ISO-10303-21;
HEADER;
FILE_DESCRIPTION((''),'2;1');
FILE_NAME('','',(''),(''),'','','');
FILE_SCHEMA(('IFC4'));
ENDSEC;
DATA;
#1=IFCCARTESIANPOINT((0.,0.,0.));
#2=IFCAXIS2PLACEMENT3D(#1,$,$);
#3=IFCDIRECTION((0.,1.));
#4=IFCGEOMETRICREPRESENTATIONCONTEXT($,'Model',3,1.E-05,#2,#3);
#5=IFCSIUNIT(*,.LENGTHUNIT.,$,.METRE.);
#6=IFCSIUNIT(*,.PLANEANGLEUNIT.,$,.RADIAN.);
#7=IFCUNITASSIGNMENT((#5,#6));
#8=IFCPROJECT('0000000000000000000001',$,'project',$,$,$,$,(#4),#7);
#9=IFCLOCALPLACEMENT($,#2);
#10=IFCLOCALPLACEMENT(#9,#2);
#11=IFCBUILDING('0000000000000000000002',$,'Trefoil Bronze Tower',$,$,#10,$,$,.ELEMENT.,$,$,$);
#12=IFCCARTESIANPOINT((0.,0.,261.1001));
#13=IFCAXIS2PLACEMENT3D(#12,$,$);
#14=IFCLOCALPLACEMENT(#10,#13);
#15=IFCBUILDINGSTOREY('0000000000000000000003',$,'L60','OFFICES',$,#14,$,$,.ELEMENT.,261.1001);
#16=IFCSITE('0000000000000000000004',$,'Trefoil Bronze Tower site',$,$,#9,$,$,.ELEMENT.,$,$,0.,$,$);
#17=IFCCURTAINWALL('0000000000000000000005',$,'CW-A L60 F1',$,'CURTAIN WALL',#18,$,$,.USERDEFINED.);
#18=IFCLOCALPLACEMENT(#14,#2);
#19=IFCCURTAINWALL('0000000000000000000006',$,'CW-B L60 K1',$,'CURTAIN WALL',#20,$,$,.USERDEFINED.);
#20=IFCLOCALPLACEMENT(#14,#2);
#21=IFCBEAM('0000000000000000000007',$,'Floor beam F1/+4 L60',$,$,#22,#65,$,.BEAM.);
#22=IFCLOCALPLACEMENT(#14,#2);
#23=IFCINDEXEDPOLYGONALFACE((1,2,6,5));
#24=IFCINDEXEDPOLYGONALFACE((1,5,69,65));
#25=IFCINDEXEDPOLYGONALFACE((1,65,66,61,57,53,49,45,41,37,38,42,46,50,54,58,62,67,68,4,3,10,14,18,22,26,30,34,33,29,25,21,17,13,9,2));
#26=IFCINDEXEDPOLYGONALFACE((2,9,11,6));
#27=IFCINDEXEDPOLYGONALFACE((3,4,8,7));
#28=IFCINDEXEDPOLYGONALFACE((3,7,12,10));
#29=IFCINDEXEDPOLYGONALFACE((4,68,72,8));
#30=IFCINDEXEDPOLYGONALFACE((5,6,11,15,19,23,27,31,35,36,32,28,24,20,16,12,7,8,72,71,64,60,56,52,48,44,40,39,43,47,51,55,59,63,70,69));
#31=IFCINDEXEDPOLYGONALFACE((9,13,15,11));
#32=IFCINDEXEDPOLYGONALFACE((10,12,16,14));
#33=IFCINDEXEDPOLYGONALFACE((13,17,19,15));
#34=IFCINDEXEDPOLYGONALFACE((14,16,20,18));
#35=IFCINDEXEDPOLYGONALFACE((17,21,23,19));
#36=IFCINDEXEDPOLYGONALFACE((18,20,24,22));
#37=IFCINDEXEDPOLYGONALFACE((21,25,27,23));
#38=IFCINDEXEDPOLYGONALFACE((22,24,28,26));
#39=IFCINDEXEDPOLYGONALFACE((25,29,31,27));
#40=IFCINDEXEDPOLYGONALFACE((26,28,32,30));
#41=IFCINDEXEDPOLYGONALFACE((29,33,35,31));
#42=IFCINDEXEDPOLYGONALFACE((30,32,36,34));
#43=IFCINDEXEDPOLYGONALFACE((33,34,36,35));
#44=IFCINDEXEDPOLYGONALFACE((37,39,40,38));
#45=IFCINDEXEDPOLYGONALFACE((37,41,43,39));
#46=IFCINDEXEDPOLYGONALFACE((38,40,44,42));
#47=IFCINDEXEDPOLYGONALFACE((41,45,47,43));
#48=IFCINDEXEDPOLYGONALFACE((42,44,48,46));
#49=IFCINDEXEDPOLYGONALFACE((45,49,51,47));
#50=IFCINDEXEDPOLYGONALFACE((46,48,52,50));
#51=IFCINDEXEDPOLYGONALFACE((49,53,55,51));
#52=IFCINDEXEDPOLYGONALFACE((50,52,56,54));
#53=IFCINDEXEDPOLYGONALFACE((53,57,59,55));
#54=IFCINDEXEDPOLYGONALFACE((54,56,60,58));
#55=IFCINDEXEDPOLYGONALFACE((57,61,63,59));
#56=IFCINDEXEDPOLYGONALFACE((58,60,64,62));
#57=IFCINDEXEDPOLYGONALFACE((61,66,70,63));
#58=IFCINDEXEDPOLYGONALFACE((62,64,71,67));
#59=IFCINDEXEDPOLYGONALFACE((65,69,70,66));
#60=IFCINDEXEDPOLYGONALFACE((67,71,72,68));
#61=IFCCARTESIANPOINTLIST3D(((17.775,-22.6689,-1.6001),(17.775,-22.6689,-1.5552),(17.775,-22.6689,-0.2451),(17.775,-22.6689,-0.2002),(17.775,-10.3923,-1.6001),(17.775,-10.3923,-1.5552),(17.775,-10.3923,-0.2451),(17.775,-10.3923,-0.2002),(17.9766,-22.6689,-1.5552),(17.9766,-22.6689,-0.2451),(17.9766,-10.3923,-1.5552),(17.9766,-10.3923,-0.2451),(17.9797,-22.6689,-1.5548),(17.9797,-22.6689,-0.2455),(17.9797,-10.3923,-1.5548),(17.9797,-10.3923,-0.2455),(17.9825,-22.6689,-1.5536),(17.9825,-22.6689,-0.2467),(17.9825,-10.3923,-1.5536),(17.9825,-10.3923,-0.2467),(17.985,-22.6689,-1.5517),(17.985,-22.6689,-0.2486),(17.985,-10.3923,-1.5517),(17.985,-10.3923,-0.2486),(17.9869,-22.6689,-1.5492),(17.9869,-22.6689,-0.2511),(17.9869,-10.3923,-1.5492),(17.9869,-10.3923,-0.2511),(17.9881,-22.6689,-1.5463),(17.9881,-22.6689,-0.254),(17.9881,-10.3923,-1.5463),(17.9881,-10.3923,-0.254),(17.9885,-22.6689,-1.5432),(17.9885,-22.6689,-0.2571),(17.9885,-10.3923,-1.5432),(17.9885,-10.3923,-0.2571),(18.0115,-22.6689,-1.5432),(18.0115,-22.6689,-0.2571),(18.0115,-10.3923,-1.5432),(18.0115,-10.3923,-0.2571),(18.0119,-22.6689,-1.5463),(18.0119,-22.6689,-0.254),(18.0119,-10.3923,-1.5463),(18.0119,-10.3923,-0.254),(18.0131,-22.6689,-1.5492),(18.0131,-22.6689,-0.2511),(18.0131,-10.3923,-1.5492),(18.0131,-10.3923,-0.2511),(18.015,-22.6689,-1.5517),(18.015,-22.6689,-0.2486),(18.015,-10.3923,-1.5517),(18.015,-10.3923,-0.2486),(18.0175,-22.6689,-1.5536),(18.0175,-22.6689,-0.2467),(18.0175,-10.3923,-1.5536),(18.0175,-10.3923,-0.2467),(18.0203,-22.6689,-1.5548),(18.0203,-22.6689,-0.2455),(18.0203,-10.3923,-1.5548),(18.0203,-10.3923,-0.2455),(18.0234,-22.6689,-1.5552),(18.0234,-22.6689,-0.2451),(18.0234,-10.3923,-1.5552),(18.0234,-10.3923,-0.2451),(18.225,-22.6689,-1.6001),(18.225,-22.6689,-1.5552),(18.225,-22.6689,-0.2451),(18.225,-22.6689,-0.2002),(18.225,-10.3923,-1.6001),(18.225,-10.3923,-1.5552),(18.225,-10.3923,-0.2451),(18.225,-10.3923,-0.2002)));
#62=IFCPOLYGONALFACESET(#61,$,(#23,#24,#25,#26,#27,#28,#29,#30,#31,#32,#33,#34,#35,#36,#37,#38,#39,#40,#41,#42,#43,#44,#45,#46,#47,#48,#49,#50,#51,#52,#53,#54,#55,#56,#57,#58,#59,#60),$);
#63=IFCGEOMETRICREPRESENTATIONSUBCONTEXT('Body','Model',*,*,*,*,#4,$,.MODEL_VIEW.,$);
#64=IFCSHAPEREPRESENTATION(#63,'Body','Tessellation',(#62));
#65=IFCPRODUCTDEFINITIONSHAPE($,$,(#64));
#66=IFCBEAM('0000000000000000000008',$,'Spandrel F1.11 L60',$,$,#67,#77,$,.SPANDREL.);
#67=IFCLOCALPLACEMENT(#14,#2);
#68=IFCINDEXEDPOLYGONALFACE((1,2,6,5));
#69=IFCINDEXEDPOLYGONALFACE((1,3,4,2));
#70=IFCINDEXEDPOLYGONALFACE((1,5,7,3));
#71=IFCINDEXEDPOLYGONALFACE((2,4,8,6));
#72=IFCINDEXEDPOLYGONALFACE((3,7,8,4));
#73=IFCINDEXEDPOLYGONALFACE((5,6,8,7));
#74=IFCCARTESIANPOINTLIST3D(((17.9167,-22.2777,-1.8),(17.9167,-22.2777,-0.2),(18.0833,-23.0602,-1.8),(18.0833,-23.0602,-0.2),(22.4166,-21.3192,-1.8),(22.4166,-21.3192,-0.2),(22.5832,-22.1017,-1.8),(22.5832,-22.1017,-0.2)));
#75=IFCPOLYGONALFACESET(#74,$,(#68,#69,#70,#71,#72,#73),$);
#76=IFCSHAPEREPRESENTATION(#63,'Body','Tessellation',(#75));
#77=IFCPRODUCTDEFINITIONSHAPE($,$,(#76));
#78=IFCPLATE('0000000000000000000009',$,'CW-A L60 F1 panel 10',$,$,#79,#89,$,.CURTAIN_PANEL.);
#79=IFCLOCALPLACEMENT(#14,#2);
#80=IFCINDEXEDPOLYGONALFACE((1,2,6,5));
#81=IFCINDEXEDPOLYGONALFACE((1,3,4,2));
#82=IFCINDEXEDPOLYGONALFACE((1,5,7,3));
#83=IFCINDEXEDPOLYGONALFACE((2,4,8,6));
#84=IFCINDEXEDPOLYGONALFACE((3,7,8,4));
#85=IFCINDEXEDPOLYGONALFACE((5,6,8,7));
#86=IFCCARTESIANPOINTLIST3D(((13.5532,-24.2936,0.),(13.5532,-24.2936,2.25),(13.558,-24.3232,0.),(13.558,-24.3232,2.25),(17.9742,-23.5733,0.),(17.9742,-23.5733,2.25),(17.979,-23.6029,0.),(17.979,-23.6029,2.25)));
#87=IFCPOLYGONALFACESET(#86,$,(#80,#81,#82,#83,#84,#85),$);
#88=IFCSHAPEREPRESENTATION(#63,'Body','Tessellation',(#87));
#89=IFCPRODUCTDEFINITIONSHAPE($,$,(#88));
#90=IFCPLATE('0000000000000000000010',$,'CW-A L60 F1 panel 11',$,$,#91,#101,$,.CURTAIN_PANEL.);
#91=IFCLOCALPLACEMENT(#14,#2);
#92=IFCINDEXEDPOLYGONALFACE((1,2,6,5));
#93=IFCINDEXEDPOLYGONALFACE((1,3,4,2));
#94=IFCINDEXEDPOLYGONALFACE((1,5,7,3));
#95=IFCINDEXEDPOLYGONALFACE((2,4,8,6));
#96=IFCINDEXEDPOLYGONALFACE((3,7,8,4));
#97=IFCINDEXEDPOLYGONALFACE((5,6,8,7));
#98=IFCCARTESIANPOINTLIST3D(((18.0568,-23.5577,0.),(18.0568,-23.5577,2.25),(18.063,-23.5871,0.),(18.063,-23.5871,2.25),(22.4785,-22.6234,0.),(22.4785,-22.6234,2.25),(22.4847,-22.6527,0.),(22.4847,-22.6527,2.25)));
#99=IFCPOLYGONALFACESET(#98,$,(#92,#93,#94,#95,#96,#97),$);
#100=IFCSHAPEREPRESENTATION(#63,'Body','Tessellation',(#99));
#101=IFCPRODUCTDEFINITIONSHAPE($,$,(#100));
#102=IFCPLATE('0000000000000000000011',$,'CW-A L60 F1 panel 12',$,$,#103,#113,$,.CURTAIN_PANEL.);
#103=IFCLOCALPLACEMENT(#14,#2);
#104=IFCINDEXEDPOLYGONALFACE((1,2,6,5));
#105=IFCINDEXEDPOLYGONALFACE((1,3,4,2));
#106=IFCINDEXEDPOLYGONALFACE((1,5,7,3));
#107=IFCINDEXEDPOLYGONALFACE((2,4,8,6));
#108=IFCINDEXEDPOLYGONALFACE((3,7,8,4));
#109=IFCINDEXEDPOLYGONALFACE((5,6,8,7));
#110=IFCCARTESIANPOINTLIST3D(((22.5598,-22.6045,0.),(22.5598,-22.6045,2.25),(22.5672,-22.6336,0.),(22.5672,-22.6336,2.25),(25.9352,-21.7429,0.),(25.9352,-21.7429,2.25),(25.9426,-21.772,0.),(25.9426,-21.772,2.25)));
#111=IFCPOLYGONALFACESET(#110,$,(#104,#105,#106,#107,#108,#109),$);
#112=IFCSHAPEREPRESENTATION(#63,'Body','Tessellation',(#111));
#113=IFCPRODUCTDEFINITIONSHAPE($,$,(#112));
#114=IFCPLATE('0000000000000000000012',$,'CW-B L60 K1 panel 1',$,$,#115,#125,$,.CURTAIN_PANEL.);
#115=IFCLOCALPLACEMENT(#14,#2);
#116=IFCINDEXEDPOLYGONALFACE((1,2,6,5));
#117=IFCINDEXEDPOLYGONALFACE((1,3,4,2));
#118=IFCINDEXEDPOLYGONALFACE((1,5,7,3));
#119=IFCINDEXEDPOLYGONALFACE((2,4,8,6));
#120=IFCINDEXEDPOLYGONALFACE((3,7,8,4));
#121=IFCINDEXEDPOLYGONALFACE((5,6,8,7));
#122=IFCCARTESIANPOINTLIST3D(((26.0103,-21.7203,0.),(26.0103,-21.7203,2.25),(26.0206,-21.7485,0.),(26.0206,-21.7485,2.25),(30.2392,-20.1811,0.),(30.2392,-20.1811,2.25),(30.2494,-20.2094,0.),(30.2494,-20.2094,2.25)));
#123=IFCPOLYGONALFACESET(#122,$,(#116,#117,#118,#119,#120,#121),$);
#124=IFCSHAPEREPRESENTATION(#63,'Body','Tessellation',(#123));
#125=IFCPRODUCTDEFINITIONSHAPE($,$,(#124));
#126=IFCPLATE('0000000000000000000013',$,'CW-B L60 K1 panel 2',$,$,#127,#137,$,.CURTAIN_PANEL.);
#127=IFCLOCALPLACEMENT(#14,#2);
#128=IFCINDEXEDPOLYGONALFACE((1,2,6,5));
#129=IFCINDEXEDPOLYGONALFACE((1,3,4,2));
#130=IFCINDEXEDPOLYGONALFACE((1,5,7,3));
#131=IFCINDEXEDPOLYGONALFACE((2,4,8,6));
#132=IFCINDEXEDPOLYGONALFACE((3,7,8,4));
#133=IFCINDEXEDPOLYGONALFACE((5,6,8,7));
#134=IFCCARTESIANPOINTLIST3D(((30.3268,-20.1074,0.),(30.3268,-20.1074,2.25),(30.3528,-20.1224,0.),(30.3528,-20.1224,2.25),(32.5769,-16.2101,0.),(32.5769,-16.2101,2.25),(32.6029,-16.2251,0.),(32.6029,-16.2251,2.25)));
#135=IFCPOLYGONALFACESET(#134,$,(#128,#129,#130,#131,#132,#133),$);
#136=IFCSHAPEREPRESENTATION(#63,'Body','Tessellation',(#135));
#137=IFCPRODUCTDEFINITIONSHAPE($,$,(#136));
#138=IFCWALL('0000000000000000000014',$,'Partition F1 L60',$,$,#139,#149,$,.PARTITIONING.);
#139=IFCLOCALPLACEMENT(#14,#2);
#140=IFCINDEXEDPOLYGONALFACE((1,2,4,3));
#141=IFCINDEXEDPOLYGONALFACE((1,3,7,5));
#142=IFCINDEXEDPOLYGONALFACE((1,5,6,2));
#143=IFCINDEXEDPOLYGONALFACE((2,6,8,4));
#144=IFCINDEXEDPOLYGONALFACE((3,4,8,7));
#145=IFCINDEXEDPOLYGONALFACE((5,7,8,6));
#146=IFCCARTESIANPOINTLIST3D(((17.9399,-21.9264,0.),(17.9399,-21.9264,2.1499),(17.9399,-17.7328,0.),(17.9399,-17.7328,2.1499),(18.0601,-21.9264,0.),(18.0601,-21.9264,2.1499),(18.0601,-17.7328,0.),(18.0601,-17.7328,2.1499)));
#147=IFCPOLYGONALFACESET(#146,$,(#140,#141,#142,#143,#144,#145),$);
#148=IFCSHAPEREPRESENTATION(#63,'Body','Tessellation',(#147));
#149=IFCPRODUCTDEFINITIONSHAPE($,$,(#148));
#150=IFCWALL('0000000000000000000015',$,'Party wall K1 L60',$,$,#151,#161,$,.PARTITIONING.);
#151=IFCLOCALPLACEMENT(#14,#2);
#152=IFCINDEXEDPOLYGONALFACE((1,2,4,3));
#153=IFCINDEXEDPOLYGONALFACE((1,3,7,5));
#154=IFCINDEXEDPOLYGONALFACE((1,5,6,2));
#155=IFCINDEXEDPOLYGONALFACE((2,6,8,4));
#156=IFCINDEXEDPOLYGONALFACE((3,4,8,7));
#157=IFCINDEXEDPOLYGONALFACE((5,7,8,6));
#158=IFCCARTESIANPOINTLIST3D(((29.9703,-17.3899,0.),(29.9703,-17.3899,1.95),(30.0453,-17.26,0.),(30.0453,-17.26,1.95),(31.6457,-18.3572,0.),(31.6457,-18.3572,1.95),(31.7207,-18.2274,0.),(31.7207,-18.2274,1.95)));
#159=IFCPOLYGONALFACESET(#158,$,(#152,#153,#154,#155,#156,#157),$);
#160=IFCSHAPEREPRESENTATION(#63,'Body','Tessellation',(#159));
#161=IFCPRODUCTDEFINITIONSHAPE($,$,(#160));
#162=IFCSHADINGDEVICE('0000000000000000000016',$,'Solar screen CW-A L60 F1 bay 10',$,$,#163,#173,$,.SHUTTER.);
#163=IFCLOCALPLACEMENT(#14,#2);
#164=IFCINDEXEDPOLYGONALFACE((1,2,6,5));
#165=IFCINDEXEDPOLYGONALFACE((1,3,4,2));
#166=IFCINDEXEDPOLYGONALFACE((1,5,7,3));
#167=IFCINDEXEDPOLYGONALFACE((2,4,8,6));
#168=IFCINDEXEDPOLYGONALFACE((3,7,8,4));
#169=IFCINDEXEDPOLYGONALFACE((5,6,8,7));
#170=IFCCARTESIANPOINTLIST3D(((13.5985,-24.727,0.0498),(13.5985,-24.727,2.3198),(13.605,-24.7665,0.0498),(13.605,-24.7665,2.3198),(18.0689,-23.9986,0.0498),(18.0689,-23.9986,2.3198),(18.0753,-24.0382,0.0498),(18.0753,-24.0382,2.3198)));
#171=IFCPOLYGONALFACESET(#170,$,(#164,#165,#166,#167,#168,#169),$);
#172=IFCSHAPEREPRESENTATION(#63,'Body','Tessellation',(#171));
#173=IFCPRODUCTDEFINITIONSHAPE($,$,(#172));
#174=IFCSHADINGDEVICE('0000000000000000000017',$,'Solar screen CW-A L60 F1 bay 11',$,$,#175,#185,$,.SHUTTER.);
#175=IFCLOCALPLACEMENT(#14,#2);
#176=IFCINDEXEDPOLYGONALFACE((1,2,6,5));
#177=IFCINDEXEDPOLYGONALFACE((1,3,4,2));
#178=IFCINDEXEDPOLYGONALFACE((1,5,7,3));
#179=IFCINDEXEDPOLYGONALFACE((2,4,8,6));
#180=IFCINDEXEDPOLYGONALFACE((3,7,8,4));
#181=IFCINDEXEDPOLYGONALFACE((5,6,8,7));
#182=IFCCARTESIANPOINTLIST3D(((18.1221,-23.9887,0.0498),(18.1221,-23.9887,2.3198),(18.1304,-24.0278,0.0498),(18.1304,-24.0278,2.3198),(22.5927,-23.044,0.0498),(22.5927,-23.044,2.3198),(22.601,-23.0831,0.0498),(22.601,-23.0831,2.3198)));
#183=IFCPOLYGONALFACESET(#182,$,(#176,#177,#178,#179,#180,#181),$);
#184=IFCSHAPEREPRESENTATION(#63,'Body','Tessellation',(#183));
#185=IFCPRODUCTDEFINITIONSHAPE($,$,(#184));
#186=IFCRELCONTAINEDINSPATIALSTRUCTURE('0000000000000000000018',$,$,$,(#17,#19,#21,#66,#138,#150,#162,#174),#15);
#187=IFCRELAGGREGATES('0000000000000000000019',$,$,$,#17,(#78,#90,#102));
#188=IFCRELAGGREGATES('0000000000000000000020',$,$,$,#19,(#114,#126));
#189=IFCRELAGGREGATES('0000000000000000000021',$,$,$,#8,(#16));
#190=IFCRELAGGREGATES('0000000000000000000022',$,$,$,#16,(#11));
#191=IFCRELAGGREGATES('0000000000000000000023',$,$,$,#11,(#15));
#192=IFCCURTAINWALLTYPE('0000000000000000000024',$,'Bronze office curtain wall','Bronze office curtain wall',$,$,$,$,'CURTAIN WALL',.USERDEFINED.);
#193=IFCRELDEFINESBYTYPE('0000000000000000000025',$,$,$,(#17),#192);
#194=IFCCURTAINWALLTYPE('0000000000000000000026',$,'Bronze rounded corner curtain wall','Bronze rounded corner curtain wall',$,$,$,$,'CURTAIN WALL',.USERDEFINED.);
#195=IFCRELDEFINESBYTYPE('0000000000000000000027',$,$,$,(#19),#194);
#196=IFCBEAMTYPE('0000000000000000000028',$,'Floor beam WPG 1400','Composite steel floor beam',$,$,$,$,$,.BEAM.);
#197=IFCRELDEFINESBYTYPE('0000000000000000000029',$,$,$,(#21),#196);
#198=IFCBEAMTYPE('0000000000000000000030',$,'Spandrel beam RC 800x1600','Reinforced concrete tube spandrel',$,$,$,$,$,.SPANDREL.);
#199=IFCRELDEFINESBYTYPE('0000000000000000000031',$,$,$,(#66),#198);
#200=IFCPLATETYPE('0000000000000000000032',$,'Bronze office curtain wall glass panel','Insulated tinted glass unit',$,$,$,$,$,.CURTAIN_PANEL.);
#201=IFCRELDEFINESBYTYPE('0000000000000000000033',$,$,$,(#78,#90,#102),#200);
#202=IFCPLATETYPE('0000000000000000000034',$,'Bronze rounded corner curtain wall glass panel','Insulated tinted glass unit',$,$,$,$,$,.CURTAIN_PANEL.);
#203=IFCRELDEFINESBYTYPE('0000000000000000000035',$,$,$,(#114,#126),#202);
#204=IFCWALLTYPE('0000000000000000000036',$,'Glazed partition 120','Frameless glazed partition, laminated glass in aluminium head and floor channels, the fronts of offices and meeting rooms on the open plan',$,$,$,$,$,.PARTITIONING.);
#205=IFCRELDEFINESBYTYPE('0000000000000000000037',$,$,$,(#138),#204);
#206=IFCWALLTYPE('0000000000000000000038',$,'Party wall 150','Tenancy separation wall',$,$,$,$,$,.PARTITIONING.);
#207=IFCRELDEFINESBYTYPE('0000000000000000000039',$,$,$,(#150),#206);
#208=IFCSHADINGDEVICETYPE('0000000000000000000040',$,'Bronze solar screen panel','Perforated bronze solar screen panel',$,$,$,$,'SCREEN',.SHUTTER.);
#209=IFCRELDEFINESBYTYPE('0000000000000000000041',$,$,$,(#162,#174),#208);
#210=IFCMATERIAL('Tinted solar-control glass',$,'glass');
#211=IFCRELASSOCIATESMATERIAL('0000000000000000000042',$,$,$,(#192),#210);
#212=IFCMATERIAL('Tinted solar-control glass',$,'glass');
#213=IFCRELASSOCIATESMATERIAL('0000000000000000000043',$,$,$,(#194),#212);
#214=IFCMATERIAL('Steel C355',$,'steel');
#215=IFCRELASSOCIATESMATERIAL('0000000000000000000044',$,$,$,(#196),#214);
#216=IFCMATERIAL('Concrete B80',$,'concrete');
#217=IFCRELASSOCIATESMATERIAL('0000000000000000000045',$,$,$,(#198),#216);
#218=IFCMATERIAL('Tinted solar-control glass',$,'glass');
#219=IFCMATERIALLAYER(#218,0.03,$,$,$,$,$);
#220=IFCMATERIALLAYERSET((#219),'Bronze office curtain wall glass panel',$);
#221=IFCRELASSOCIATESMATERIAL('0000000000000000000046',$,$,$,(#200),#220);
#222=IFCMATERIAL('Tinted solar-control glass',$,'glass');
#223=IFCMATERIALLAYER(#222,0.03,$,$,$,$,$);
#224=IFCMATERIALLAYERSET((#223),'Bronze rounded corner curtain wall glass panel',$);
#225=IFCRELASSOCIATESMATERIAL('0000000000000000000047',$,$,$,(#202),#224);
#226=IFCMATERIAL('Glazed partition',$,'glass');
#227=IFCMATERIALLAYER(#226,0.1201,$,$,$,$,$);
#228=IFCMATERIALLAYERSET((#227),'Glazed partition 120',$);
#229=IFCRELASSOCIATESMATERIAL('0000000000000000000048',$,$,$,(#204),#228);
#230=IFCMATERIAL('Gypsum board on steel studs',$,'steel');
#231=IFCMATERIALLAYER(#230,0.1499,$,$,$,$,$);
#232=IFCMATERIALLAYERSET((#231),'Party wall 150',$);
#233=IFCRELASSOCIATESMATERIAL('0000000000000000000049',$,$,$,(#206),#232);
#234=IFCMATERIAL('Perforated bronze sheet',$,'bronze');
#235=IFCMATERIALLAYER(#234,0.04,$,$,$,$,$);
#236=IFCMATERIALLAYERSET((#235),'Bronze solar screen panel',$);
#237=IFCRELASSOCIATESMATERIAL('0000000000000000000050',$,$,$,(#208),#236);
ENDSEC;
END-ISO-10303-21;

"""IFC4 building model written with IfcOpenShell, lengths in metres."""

from ifc_helpers import new_model, si_unit, direction, frame, frame_2d, origin, origin_2d, place, context, subcontext, project, spatial, rectangle, i_section, extrude, material, layer, layer_set, material_profile, profile_set, type_object, element, aggregate, save


model = new_model("IFC4")

# Units and contexts
model_context = context("Model", 3, precision=1e-05, world=origin(), true_north=direction((0.0, 1.0)))
body_context = subcontext(model_context, "Body", "Model", "MODEL_VIEW")
ifc_project = project(units=[si_unit("LENGTHUNIT", "METRE"), si_unit("PLANEANGLEUNIT", "RADIAN")], contexts=[model_context])

# Site, building, storey
site_placement = place(None, origin())
site = spatial("IfcSite", under=ifc_project, at=site_placement, Name="Trefoil Bronze Tower site", CompositionType="ELEMENT", RefElevation=0.0)
building_placement = place(site_placement, origin())
building = spatial("IfcBuilding", under=site, at=building_placement, Name="Trefoil Bronze Tower", CompositionType="ELEMENT")
storey_placement = place(building_placement, frame((0.0, 0.0, 261.1001)))
storey = spatial("IfcBuildingStorey", under=building, at=storey_placement, Name="L60", Description="OFFICES", CompositionType="ELEMENT", Elevation=261.1001)

# Curtain walls
ifc_material_1 = material(Name="Tinted solar-control glass", Category="glass")
curtain_wall_type_1 = type_object("IfcCurtainWallType", Name="Bronze office curtain wall", Description="Bronze office curtain wall", ElementType="CURTAIN WALL", PredefinedType="USERDEFINED", material=ifc_material_1)
curtain_wall_1_placement = place(storey_placement, origin())
curtain_wall_1 = element("IfcCurtainWall", 1, at=curtain_wall_1_placement, inside=storey, type_object=curtain_wall_type_1, Name="CW-A L60 F1", ObjectType="CURTAIN WALL", PredefinedType="USERDEFINED")
ifc_material_2 = material(Name="Tinted solar-control glass", Category="glass")
curtain_wall_type_2 = type_object("IfcCurtainWallType", Name="Bronze rounded corner curtain wall", Description="Bronze rounded corner curtain wall", ElementType="CURTAIN WALL", PredefinedType="USERDEFINED", material=ifc_material_2)
curtain_wall_2_placement = place(storey_placement, origin())
curtain_wall_2 = element("IfcCurtainWall", 2, at=curtain_wall_2_placement, inside=storey, type_object=curtain_wall_type_2, Name="CW-B L60 K1", ObjectType="CURTAIN WALL", PredefinedType="USERDEFINED")

# Beams
ifc_material_3 = material(Name="Steel C355", Category="steel")
ifc_material_profile_1 = material_profile(ifc_material_3, i_section(OverallWidth=0.45, OverallDepth=1.3999, WebThickness=0.0229, FlangeThickness=0.0449, FilletRadius=0.012, at=origin_2d()), Name="WPG 1400")
ifc_profile_set_1 = profile_set([ifc_material_profile_1], Name="Steel C355")
beam_type_1 = type_object("IfcBeamType", Name="Floor beam WPG 1400", Description="Composite steel floor beam", PredefinedType="BEAM", material=ifc_profile_set_1)
beam_1_placement = place(storey_placement, frame((18.0, -22.6689, -0.9001), z_axis=(0.0, 1.0, 0.0), x_axis=(-1.0, 0.0, 0.0)))
element("IfcBeam", 3, at=beam_1_placement, inside=storey, type_object=beam_type_1, Name="Floor beam F1/+4 L60", PredefinedType="BEAM", context=body_context, shape_type="SweptSolid", body=[
    extrude(i_section(OverallWidth=0.45, OverallDepth=1.3999, WebThickness=0.0229, FlangeThickness=0.0449, FilletRadius=0.012, at=origin_2d()), origin(), (0.0, 0.0, 1.0), 12.2766),
])
ifc_material_4 = material(Name="Concrete B80", Category="concrete")
ifc_material_profile_2 = material_profile(ifc_material_4, rectangle(XDim=0.8, YDim=1.6001, at=origin_2d()), Name="RC 800x1600")
ifc_profile_set_2 = profile_set([ifc_material_profile_2], Name="Concrete B80")
beam_type_2 = type_object("IfcBeamType", Name="Spandrel beam RC 800x1600", Description="Reinforced concrete tube spandrel", PredefinedType="SPANDREL", material=ifc_profile_set_2)
beam_2_placement = place(storey_placement, frame((18.0, -22.6689, -1.0), z_axis=(0.978059, 0.208326, 0.0), x_axis=(-0.208326, 0.978059, 0.0)))
element("IfcBeam", 4, at=beam_2_placement, inside=storey, type_object=beam_type_2, Name="Spandrel F1.11 L60", PredefinedType="SPANDREL", context=body_context, shape_type="SweptSolid", body=[
    extrude(rectangle(XDim=0.8, YDim=1.6001, at=origin_2d()), origin(), (0.0, 0.0, 1.0), 4.6008),
])

# Plates
ifc_material_5 = material(Name="Tinted solar-control glass", Category="glass")
ifc_layer_1 = layer(ifc_material_5, 0.03)
ifc_layer_set_1 = layer_set([ifc_layer_1], Name="Bronze office curtain wall glass panel")
plate_type_1 = type_object("IfcPlateType", Name="Bronze office curtain wall glass panel", Description="Insulated tinted glass unit", PredefinedType="CURTAIN_PANEL", material=ifc_layer_set_1)
plate_1_placement = place(storey_placement, frame((15.7661, -23.9482, 0.0), z_axis=(0.0, 0.0, 1.0), x_axis=(0.986987, 0.160803, 0.0)))
plate_1 = element("IfcPlate", 5, at=plate_1_placement, type_object=plate_type_1, Name="CW-A L60 F1 panel 10", PredefinedType="CURTAIN_PANEL", context=body_context, shape_type="SweptSolid", body=[
    extrude(rectangle(XDim=4.4792, YDim=0.03, at=origin_2d()), origin(), (0.0, 0.0, 1.0), 2.25),
])
plate_2_placement = place(storey_placement, frame((20.2708, -23.1052, 0.0), z_axis=(0.0, 0.0, 1.0), x_axis=(0.978394, 0.206747, 0.0)))
plate_2 = element("IfcPlate", 6, at=plate_2_placement, type_object=plate_type_1, Name="CW-A L60 F1 panel 11", PredefinedType="CURTAIN_PANEL", context=body_context, shape_type="SweptSolid", body=[
    extrude(rectangle(XDim=4.5193, YDim=0.03, at=origin_2d()), origin(), (0.0, 0.0, 1.0), 2.25),
])
plate_3_placement = place(storey_placement, frame((24.2512, -22.1882, 0.0), z_axis=(0.0, 0.0, 1.0), x_axis=(0.968934, 0.247319, 0.0)))
plate_3 = element("IfcPlate", 7, at=plate_3_placement, type_object=plate_type_1, Name="CW-A L60 F1 panel 12", PredefinedType="CURTAIN_PANEL", context=body_context, shape_type="SweptSolid", body=[
    extrude(rectangle(XDim=3.4836, YDim=0.03, at=origin_2d()), origin(), (0.0, 0.0, 1.0), 2.25),
])
aggregate(curtain_wall_1, [plate_1, plate_2, plate_3])
ifc_material_6 = material(Name="Tinted solar-control glass", Category="glass")
ifc_layer_2 = layer(ifc_material_6, 0.03)
ifc_layer_set_2 = layer_set([ifc_layer_2], Name="Bronze rounded corner curtain wall glass panel")
plate_type_2 = type_object("IfcPlateType", Name="Bronze rounded corner curtain wall glass panel", Description="Insulated tinted glass unit", PredefinedType="CURTAIN_PANEL", material=ifc_layer_set_2)
plate_4_placement = place(storey_placement, frame((28.1299, -20.9648, 0.0), z_axis=(0.0, 0.0, 1.0), x_axis=(0.939693, 0.34202, 0.0)))
plate_4 = element("IfcPlate", 8, at=plate_4_placement, type_object=plate_type_2, Name="CW-B L60 K1 panel 1", PredefinedType="CURTAIN_PANEL", context=body_context, shape_type="SweptSolid", body=[
    extrude(rectangle(XDim=4.5002, YDim=0.03, at=origin_2d()), origin(), (0.0, 0.0, 1.0), 2.25),
])
plate_5_placement = place(storey_placement, frame((31.4648, -18.1663, 0.0), z_axis=(0.0, 0.0, 1.0), x_axis=(0.5, 0.866025, 0.0)))
plate_5 = element("IfcPlate", 9, at=plate_5_placement, type_object=plate_type_2, Name="CW-B L60 K1 panel 2", PredefinedType="CURTAIN_PANEL", context=body_context, shape_type="SweptSolid", body=[
    extrude(rectangle(XDim=4.5002, YDim=0.03, at=origin_2d()), origin(), (0.0, 0.0, 1.0), 2.25),
])
aggregate(curtain_wall_2, [plate_4, plate_5])

# Walls
ifc_material_7 = material(Name="Glazed partition", Category="glass")
ifc_layer_3 = layer(ifc_material_7, 0.1201)
ifc_layer_set_3 = layer_set([ifc_layer_3], Name="Glazed partition 120")
wall_type_1 = type_object("IfcWallType", Name="Glazed partition 120", Description="Frameless glazed partition, laminated glass in aluminium head and floor channels, the fronts of offices and meeting rooms on the open plan", PredefinedType="PARTITIONING", material=ifc_layer_set_3)
wall_1_placement = place(storey_placement, frame((18.0, -17.7329, 0.0), z_axis=(0.0, 0.0, 1.0), x_axis=(0.0, -1.0, 0.0)))
element("IfcWall", 10, at=wall_1_placement, inside=storey, type_object=wall_type_1, Name="Partition F1 L60", PredefinedType="PARTITIONING", context=body_context, shape_type="SweptSolid", body=[
    extrude(rectangle(XDim=4.1936, YDim=0.1201, at=frame_2d((2.0967, 0.0))), origin(), (0.0, 0.0, 1.0), 2.1499),
])
ifc_material_8 = material(Name="Gypsum board on steel studs", Category="steel")
ifc_layer_4 = layer(ifc_material_8, 0.1499)
ifc_layer_set_4 = layer_set([ifc_layer_4], Name="Party wall 150")
wall_type_2 = type_object("IfcWallType", Name="Party wall 150", Description="Tenancy separation wall", PredefinedType="PARTITIONING", material=ifc_layer_set_4)
wall_2_placement = place(storey_placement, frame((30.0078, -17.325, 0.0), z_axis=(0.0, 0.0, 1.0), x_axis=(0.866013, -0.500021, 0.0)))
element("IfcWall", 11, at=wall_2_placement, inside=storey, type_object=wall_type_2, Name="Party wall K1 L60", PredefinedType="PARTITIONING", context=body_context, shape_type="SweptSolid", body=[
    extrude(rectangle(XDim=1.9346, YDim=0.1499, at=frame_2d((0.9673, 0.0))), origin(), (0.0, 0.0, 1.0), 1.95),
])

# Shading devices
ifc_material_9 = material(Name="Perforated bronze sheet", Category="bronze")
ifc_layer_5 = layer(ifc_material_9, 0.04)
ifc_layer_set_5 = layer_set([ifc_layer_5], Name="Bronze solar screen panel")
shading_device_type = type_object("IfcShadingDeviceType", Name="Bronze solar screen panel", Description="Perforated bronze solar screen panel", ElementType="SCREEN", PredefinedType="SHUTTER", material=ifc_layer_set_5)
shading_device_1_placement = place(storey_placement, frame((15.8369, -24.3826, 0.0498), z_axis=(0.0, 0.0, 1.0), x_axis=(0.986987, 0.160803, 0.0)))
element("IfcShadingDevice", 12, at=shading_device_1_placement, inside=storey, type_object=shading_device_type, Name="Solar screen CW-A L60 F1 bay 10", PredefinedType="SHUTTER", context=body_context, shape_type="SweptSolid", body=[
    extrude(rectangle(XDim=4.5293, YDim=0.04, at=origin_2d()), origin(), (0.0, 0.0, 1.0), 2.27),
])
shading_device_2_placement = place(storey_placement, frame((20.3616, -23.5359, 0.0498), z_axis=(0.0, 0.0, 1.0), x_axis=(0.978394, 0.206747, 0.0)))
element("IfcShadingDevice", 13, at=shading_device_2_placement, inside=storey, type_object=shading_device_type, Name="Solar screen CW-A L60 F1 bay 11", PredefinedType="SHUTTER", context=body_context, shape_type="SweptSolid", body=[
    extrude(rectangle(XDim=4.5693, YDim=0.04, at=origin_2d()), origin(), (0.0, 0.0, 1.0), 2.27),
])

save(model, "model.ifc")
